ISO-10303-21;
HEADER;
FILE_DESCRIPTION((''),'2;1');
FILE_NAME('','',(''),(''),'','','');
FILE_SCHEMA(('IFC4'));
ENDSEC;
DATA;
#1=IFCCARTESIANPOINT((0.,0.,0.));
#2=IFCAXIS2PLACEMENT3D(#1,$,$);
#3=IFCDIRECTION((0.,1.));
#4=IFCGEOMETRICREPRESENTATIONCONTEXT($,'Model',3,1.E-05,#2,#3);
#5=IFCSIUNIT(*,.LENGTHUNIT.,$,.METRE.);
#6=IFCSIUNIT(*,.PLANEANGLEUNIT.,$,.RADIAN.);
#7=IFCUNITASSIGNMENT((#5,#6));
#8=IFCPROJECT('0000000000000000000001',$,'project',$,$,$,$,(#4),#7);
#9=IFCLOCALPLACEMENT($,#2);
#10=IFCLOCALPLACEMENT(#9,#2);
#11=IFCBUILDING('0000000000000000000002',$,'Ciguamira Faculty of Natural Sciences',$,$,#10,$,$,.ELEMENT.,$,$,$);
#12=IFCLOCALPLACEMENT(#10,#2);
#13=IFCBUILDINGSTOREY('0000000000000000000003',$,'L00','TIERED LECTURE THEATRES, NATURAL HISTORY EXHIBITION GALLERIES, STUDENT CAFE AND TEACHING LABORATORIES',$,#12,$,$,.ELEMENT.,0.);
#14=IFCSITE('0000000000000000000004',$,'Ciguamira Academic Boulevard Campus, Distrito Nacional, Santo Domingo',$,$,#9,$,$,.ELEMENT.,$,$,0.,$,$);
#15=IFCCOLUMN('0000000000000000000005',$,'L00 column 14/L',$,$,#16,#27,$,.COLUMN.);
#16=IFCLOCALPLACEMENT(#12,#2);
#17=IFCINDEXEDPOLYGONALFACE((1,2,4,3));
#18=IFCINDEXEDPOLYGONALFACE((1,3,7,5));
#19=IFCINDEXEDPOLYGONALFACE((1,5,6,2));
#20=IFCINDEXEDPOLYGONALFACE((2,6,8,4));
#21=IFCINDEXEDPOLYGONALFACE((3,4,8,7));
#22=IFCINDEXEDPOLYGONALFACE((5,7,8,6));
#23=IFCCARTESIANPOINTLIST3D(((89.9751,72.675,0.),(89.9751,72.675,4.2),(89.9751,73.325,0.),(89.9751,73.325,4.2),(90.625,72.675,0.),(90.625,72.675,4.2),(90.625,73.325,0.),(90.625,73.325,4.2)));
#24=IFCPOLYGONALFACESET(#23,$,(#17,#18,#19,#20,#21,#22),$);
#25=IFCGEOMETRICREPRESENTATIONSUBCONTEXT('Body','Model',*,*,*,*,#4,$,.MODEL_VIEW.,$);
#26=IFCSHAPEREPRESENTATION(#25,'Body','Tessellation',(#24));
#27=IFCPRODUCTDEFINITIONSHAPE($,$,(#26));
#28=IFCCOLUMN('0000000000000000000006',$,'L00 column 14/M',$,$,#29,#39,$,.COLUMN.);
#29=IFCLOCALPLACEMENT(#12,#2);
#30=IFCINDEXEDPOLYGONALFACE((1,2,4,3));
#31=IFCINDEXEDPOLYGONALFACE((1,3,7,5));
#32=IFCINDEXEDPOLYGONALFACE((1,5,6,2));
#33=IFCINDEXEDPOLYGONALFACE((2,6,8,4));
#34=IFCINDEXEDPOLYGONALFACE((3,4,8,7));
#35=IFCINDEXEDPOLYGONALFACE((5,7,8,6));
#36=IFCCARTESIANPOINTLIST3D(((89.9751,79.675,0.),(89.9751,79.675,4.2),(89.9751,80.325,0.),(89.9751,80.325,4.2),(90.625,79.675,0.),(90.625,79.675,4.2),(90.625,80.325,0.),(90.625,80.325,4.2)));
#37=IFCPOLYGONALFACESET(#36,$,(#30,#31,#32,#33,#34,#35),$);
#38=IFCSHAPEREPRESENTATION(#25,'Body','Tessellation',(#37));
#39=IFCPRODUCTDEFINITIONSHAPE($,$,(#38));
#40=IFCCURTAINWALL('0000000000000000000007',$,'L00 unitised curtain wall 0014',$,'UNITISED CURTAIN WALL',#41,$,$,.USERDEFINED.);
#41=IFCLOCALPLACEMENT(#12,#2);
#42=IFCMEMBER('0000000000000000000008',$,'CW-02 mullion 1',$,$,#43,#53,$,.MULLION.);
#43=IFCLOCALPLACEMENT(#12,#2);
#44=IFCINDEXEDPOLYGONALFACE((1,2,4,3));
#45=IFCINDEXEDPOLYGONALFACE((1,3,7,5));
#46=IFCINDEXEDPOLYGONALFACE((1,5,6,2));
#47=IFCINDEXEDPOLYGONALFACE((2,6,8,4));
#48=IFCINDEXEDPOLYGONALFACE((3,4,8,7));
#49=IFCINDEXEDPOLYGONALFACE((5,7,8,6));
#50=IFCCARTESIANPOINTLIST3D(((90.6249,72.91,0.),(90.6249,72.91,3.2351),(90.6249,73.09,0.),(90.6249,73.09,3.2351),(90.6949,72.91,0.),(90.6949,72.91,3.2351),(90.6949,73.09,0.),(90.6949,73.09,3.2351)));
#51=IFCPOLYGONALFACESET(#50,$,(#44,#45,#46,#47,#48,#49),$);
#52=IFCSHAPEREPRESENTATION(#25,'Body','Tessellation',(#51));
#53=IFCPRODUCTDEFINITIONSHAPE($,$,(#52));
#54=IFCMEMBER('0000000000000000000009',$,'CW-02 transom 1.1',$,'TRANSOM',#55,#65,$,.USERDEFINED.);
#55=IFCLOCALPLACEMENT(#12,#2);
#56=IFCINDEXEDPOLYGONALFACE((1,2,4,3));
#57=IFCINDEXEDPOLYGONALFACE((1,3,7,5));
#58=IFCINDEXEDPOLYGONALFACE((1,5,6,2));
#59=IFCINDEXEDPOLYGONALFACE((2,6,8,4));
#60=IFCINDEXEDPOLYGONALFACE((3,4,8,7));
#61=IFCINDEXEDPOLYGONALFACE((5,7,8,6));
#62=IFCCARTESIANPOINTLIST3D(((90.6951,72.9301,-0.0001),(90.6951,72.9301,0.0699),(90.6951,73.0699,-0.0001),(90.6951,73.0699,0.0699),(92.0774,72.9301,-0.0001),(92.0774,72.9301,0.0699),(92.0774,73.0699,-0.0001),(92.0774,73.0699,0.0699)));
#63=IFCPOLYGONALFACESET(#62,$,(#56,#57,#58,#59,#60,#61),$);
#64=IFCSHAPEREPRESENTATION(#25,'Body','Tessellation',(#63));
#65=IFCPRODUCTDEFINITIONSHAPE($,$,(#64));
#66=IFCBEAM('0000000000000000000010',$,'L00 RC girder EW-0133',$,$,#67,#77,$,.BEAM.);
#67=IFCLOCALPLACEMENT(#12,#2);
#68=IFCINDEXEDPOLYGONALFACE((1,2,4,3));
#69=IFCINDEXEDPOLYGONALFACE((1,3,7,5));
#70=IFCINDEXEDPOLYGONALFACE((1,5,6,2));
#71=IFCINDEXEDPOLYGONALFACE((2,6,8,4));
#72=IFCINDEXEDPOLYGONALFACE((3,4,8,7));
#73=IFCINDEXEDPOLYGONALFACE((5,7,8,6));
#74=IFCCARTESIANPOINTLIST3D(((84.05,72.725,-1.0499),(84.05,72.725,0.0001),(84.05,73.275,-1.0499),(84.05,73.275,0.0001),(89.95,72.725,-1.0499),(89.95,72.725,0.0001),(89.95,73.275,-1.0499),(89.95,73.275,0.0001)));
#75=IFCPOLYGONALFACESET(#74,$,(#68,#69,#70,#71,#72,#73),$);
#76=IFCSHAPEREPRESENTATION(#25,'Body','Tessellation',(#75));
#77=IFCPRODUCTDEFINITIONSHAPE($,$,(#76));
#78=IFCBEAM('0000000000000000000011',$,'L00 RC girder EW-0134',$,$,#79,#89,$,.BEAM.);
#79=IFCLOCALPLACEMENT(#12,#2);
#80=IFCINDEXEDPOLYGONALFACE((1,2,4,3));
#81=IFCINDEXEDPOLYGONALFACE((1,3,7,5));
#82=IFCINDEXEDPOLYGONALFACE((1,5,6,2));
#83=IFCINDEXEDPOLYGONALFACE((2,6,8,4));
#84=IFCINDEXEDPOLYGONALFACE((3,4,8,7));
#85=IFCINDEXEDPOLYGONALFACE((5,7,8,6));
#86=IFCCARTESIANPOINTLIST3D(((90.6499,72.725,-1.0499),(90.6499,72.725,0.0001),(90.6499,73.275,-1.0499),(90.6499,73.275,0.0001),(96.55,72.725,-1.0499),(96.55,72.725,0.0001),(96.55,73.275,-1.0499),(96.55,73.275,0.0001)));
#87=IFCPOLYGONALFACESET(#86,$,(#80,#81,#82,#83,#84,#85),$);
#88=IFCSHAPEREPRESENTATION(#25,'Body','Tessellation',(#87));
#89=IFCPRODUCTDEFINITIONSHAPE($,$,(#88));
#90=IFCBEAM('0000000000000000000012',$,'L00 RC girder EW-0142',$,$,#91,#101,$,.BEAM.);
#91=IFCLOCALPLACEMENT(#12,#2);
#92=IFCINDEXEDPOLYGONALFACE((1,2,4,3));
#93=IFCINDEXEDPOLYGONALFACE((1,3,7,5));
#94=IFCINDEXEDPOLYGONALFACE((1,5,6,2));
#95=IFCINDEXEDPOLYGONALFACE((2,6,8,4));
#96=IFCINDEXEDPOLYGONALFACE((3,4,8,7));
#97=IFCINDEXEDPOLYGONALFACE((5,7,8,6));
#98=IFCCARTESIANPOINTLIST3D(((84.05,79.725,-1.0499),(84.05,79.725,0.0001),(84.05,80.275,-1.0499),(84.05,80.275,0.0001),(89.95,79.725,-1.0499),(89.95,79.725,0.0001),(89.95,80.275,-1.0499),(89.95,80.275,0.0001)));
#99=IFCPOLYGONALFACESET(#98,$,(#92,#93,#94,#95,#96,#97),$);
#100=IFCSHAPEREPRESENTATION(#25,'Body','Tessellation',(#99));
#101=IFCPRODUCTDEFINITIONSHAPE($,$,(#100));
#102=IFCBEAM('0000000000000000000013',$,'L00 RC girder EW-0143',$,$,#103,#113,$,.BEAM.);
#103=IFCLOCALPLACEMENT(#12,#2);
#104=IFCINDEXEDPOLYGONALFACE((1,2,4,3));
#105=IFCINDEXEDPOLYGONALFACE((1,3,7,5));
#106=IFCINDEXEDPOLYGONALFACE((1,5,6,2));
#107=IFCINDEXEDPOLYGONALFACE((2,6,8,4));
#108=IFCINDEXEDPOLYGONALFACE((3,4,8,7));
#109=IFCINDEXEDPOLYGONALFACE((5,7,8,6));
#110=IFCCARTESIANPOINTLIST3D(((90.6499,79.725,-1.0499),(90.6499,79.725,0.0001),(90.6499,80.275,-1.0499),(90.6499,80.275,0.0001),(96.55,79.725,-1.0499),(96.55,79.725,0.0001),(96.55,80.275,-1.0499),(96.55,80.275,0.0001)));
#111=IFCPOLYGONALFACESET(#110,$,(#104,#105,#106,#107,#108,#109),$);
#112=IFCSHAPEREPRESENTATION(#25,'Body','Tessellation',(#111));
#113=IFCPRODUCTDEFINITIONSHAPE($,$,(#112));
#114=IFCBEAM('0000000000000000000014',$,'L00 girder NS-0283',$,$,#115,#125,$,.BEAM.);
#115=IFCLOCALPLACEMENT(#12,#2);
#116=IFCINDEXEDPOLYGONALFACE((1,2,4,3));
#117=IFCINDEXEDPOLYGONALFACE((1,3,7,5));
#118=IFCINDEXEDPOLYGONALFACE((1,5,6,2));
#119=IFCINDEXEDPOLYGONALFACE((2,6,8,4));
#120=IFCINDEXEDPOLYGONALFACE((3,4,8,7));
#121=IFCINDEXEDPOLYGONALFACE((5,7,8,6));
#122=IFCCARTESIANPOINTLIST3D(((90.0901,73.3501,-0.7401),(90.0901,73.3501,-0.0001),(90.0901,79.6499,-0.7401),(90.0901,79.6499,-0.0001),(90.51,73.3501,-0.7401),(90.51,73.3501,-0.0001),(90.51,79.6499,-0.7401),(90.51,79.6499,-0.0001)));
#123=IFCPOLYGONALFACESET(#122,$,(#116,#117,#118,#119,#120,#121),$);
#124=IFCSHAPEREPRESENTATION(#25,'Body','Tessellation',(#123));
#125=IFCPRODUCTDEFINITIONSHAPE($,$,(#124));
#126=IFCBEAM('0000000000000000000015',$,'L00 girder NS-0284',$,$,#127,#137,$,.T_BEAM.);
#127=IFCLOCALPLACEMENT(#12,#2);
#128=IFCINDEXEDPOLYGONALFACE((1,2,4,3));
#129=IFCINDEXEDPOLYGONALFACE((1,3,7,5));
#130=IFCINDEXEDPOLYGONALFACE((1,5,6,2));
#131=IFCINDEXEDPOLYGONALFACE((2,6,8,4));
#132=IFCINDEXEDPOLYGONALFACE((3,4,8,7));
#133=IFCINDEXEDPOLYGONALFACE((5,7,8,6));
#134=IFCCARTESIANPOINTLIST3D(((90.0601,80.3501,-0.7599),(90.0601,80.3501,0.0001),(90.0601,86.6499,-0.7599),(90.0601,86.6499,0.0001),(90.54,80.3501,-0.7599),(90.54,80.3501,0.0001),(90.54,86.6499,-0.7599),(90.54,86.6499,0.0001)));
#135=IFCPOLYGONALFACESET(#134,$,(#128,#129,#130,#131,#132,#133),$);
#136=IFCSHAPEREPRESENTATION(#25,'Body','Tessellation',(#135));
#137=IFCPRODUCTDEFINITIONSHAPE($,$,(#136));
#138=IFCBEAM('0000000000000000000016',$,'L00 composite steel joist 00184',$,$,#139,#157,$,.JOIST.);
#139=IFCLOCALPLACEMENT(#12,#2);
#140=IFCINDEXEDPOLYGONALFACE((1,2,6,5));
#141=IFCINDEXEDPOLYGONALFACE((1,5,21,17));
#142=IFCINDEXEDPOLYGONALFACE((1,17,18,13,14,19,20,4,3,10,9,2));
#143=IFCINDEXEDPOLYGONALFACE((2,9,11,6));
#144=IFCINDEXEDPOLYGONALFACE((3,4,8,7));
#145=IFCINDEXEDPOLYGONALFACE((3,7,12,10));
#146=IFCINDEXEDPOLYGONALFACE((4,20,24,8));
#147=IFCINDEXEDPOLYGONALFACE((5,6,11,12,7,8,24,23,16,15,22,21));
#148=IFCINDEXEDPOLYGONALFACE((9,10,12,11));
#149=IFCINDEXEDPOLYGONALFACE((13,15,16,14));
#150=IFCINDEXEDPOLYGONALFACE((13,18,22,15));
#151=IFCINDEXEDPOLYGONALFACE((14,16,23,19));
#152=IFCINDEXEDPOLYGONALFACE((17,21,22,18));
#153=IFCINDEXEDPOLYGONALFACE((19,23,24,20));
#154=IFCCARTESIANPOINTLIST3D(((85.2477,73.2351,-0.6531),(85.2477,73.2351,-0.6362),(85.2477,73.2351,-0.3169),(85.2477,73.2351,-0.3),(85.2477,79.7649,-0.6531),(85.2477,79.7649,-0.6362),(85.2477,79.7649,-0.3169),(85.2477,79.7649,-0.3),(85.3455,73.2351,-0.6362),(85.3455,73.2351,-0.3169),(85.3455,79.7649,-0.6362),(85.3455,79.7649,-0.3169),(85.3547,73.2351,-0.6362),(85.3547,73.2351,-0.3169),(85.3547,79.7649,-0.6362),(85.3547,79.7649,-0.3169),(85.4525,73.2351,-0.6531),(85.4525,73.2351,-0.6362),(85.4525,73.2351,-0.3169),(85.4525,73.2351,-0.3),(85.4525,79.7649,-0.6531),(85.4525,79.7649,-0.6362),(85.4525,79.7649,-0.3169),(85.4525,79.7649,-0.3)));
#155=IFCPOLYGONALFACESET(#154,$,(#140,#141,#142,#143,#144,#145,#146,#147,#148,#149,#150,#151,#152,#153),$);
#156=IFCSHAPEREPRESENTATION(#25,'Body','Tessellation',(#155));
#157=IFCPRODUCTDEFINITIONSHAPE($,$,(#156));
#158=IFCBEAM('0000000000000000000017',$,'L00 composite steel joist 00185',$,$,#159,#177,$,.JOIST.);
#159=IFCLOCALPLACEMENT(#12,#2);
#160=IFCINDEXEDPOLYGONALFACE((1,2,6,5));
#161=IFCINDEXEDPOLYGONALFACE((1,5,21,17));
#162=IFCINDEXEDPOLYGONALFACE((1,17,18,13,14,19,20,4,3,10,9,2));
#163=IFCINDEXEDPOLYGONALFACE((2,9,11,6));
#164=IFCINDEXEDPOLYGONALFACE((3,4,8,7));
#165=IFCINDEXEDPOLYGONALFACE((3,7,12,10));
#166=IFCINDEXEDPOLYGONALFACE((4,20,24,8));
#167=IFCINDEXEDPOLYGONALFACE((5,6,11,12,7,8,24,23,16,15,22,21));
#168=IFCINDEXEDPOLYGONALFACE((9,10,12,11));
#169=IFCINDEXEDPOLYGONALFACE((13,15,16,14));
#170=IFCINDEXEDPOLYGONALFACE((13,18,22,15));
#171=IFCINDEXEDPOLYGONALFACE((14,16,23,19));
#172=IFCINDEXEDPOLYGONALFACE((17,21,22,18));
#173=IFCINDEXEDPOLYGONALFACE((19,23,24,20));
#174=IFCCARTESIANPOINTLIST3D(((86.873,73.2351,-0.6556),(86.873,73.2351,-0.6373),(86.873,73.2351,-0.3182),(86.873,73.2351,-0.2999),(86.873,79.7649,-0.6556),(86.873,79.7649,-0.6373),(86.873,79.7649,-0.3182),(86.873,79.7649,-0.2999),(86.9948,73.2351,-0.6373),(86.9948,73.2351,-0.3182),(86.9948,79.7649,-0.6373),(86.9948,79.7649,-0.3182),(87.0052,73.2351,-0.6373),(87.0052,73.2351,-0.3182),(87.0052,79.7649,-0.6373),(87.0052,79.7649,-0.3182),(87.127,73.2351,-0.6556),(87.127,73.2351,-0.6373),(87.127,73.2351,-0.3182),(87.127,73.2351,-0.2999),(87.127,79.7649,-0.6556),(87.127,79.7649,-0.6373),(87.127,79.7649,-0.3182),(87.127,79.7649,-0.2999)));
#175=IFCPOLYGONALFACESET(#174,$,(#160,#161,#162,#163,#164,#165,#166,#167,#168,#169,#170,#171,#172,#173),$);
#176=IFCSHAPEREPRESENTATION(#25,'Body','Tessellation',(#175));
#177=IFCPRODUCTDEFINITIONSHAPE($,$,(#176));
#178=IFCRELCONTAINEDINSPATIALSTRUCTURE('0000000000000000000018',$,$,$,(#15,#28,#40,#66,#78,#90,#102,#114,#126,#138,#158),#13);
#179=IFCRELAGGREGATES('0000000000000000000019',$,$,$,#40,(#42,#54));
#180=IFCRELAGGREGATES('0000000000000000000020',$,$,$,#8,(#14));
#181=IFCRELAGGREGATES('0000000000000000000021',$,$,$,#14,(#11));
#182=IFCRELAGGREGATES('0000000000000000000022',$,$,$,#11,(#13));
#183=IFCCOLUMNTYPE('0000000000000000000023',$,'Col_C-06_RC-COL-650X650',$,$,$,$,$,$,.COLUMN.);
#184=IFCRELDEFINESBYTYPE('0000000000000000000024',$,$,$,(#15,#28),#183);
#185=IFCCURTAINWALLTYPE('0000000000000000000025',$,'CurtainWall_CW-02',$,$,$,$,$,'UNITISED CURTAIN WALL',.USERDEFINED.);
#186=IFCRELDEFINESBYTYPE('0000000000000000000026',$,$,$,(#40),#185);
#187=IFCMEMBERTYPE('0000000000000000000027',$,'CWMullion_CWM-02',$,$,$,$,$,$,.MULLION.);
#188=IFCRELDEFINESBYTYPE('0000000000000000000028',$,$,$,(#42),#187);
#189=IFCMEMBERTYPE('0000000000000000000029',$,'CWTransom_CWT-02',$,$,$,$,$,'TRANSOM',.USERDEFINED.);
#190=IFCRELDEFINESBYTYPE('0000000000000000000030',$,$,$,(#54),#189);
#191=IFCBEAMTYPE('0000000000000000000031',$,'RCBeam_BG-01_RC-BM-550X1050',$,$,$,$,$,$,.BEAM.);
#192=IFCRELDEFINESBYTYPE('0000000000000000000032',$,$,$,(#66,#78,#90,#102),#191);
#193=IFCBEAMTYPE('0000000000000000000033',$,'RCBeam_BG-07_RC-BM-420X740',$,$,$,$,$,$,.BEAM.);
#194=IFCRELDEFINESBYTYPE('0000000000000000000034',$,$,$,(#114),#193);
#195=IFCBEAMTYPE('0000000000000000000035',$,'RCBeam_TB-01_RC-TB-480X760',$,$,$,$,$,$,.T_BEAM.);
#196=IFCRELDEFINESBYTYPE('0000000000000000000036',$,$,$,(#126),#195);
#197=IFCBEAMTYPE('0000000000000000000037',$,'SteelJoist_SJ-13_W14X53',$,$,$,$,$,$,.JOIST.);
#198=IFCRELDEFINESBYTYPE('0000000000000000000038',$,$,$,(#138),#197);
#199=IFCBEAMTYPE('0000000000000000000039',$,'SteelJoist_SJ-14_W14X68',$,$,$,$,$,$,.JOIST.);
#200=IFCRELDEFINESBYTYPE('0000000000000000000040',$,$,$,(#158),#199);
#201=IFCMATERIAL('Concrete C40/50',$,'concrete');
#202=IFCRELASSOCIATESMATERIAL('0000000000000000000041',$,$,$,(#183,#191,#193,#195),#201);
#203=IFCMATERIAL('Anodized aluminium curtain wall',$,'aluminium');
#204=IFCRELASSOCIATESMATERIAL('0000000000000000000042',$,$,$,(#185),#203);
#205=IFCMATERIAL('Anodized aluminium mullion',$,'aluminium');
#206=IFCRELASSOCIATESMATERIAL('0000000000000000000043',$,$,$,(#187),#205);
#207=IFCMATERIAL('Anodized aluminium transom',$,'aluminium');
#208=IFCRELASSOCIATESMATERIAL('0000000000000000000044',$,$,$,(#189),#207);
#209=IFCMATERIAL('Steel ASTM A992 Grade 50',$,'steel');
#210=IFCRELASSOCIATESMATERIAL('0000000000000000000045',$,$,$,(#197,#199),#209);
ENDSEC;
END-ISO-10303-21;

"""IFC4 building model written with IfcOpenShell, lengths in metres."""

from ifc_helpers import new_model, si_unit, direction, frame, origin, origin_2d, place, context, subcontext, project, spatial, rectangle, i_section, extrude, material, material_profile, profile_set, type_object, element, aggregate, save


model = new_model("IFC4")

# Units and contexts
model_context = context("Model", 3, precision=1e-05, world=origin(), true_north=direction((0.0, 1.0)))
body_context = subcontext(model_context, "Body", "Model", "MODEL_VIEW")
ifc_project = project(units=[si_unit("LENGTHUNIT", "METRE"), si_unit("PLANEANGLEUNIT", "RADIAN")], contexts=[model_context])

# Site, building, storey
site_placement = place(None, origin())
site = spatial("IfcSite", under=ifc_project, at=site_placement, Name="Ciguamira Academic Boulevard Campus, Distrito Nacional, Santo Domingo", CompositionType="ELEMENT", RefElevation=0.0)
building_placement = place(site_placement, origin())
building = spatial("IfcBuilding", under=site, at=building_placement, Name="Ciguamira Faculty of Natural Sciences", CompositionType="ELEMENT")
storey_placement = place(building_placement, origin())
storey = spatial("IfcBuildingStorey", under=building, at=storey_placement, Name="L00", Description="TIERED LECTURE THEATRES, NATURAL HISTORY EXHIBITION GALLERIES, STUDENT CAFE AND TEACHING LABORATORIES", CompositionType="ELEMENT", Elevation=0.0)

# Columns
ifc_material_1 = material(Name="Concrete C40/50", Category="concrete")
ifc_material_profile_1 = material_profile(ifc_material_1, rectangle(XDim=0.6499, YDim=0.6499, at=origin_2d()), Name="RC-COL-650X650")
ifc_profile_set_1 = profile_set([ifc_material_profile_1], Name="Concrete C40/50")
column_type = type_object("IfcColumnType", Name="Col_C-06_RC-COL-650X650", PredefinedType="COLUMN", material=ifc_profile_set_1)
for number, where, z_axis, x_axis, name in (
    (1, (90.3, 73.0, 0.0), (0.0, 0.0, 1.0), (1.0, 0.0, 0.0), "L00 column 14/L"),
    (2, (90.3, 80.0, 0.0), (0.0, 0.0, 1.0), (1.0, 0.0, 0.0), "L00 column 14/M"),
):
    element("IfcColumn", number, at=place(storey_placement, frame(where, z_axis=z_axis, x_axis=x_axis)), inside=storey, type_object=column_type, Name=name, PredefinedType="COLUMN", context=body_context, shape_type="SweptSolid", body=[
        extrude(rectangle(XDim=0.6499, YDim=0.6499, at=origin_2d()), origin(), (0.0, 0.0, 1.0), 4.2),
    ])

# Curtain wall, members
ifc_material_2 = material(Name="Anodized aluminium curtain wall", Category="aluminium")
curtain_wall_type = type_object("IfcCurtainWallType", Name="CurtainWall_CW-02", ElementType="UNITISED CURTAIN WALL", PredefinedType="USERDEFINED", material=ifc_material_2)
curtain_wall_placement = place(storey_placement, origin())
curtain_wall = element("IfcCurtainWall", 3, at=curtain_wall_placement, inside=storey, type_object=curtain_wall_type, Name="L00 unitised curtain wall 0014", ObjectType="UNITISED CURTAIN WALL", PredefinedType="USERDEFINED")
ifc_material_3 = material(Name="Anodized aluminium mullion", Category="aluminium")
ifc_material_profile_2 = material_profile(ifc_material_3, rectangle(XDim=0.0701, YDim=0.1799, at=origin_2d()), Name="ALU-MUL-70X180")
ifc_profile_set_2 = profile_set([ifc_material_profile_2], Name="Anodized aluminium mullion")
member_type_1 = type_object("IfcMemberType", Name="CWMullion_CWM-02", PredefinedType="MULLION", material=ifc_profile_set_2)
member_1_placement = place(storey_placement, frame((90.6599, 73.0, 0.0), z_axis=(0.0, 0.0, 1.0), x_axis=(1.0, 0.0, 0.0)))
member_1 = element("IfcMember", 4, at=member_1_placement, type_object=member_type_1, Name="CW-02 mullion 1", PredefinedType="MULLION", context=body_context, shape_type="SweptSolid", body=[
    extrude(rectangle(XDim=0.0701, YDim=0.1799, at=origin_2d()), origin(), (0.0, 0.0, 1.0), 3.2351),
])
ifc_material_4 = material(Name="Anodized aluminium transom", Category="aluminium")
ifc_material_profile_3 = material_profile(ifc_material_4, rectangle(XDim=0.0701, YDim=0.1399, at=origin_2d()), Name="ALU-TRN-70X140")
ifc_profile_set_3 = profile_set([ifc_material_profile_3], Name="Anodized aluminium transom")
member_type_2 = type_object("IfcMemberType", Name="CWTransom_CWT-02", ElementType="TRANSOM", PredefinedType="USERDEFINED", material=ifc_profile_set_3)
member_2_placement = place(storey_placement, frame((90.6951, 73.0, 0.0349), z_axis=(1.0, 0.0, 0.0), x_axis=(0.0, 0.0, 1.0)))
member_2 = element("IfcMember", 5, at=member_2_placement, type_object=member_type_2, Name="CW-02 transom 1.1", ObjectType="TRANSOM", PredefinedType="USERDEFINED", context=body_context, shape_type="SweptSolid", body=[
    extrude(rectangle(XDim=0.0701, YDim=0.1399, at=origin_2d()), origin(), (0.0, 0.0, 1.0), 1.3823),
])
aggregate(curtain_wall, [member_1, member_2])

# Beams
ifc_material_profile_4 = material_profile(ifc_material_1, rectangle(XDim=0.55, YDim=1.05, at=origin_2d()), Name="RC-BM-550X1050")
ifc_profile_set_4 = profile_set([ifc_material_profile_4], Name="Concrete C40/50")
beam_type_1 = type_object("IfcBeamType", Name="RCBeam_BG-01_RC-BM-550X1050", PredefinedType="BEAM", material=ifc_profile_set_4)
beam_1_placement = place(storey_placement, frame((84.05, 73.0, -0.5249), z_axis=(1.0, 0.0, 0.0), x_axis=(0.0, 1.0, 0.0)))
element("IfcBeam", 6, at=beam_1_placement, inside=storey, type_object=beam_type_1, Name="L00 RC girder EW-0133", PredefinedType="BEAM", context=body_context, shape_type="SweptSolid", body=[
    extrude(rectangle(XDim=0.55, YDim=1.05, at=origin_2d()), origin(), (0.0, 0.0, 1.0), 5.8999),
])
beam_2_placement = place(storey_placement, frame((90.6499, 73.0, -0.5249), z_axis=(1.0, 0.0, 0.0), x_axis=(0.0, 1.0, 0.0)))
element("IfcBeam", 7, at=beam_2_placement, inside=storey, type_object=beam_type_1, Name="L00 RC girder EW-0134", PredefinedType="BEAM", context=body_context, shape_type="SweptSolid", body=[
    extrude(rectangle(XDim=0.55, YDim=1.05, at=origin_2d()), origin(), (0.0, 0.0, 1.0), 5.9001),
])
beam_3_placement = place(storey_placement, frame((84.05, 80.0, -0.5249), z_axis=(1.0, 0.0, 0.0), x_axis=(0.0, 1.0, 0.0)))
element("IfcBeam", 8, at=beam_3_placement, inside=storey, type_object=beam_type_1, Name="L00 RC girder EW-0142", PredefinedType="BEAM", context=body_context, shape_type="SweptSolid", body=[
    extrude(rectangle(XDim=0.55, YDim=1.05, at=origin_2d()), origin(), (0.0, 0.0, 1.0), 5.8999),
])
beam_4_placement = place(storey_placement, frame((90.6499, 80.0, -0.5249), z_axis=(1.0, 0.0, 0.0), x_axis=(0.0, 1.0, 0.0)))
element("IfcBeam", 9, at=beam_4_placement, inside=storey, type_object=beam_type_1, Name="L00 RC girder EW-0143", PredefinedType="BEAM", context=body_context, shape_type="SweptSolid", body=[
    extrude(rectangle(XDim=0.55, YDim=1.05, at=origin_2d()), origin(), (0.0, 0.0, 1.0), 5.9001),
])
ifc_material_profile_5 = material_profile(ifc_material_1, rectangle(XDim=0.4199, YDim=0.74, at=origin_2d()), Name="RC-BM-420X740")
ifc_profile_set_5 = profile_set([ifc_material_profile_5], Name="Concrete C40/50")
beam_type_2 = type_object("IfcBeamType", Name="RCBeam_BG-07_RC-BM-420X740", PredefinedType="BEAM", material=ifc_profile_set_5)
beam_5_placement = place(storey_placement, frame((90.3, 73.3501, -0.3701), z_axis=(0.0, 1.0, 0.0), x_axis=(-1.0, 0.0, 0.0)))
element("IfcBeam", 10, at=beam_5_placement, inside=storey, type_object=beam_type_2, Name="L00 girder NS-0283", PredefinedType="BEAM", context=body_context, shape_type="SweptSolid", body=[
    extrude(rectangle(XDim=0.4199, YDim=0.74, at=origin_2d()), origin(), (0.0, 0.0, 1.0), 6.2998),
])
ifc_material_profile_6 = material_profile(ifc_material_1, rectangle(XDim=0.48, YDim=0.76, at=origin_2d()), Name="RC-TB-480X760")
ifc_profile_set_6 = profile_set([ifc_material_profile_6], Name="Concrete C40/50")
beam_type_3 = type_object("IfcBeamType", Name="RCBeam_TB-01_RC-TB-480X760", PredefinedType="T_BEAM", material=ifc_profile_set_6)
beam_6_placement = place(storey_placement, frame((90.3, 80.3501, -0.3799), z_axis=(0.0, 1.0, 0.0), x_axis=(-1.0, 0.0, 0.0)))
element("IfcBeam", 11, at=beam_6_placement, inside=storey, type_object=beam_type_3, Name="L00 girder NS-0284", PredefinedType="T_BEAM", context=body_context, shape_type="SweptSolid", body=[
    extrude(rectangle(XDim=0.48, YDim=0.76, at=origin_2d()), origin(), (0.0, 0.0, 1.0), 6.2998),
])
ifc_material_5 = material(Name="Steel ASTM A992 Grade 50", Category="steel")
ifc_material_profile_7 = material_profile(ifc_material_5, i_section(OverallWidth=0.2048, OverallDepth=0.353, WebThickness=0.0093, FlangeThickness=0.0168, at=origin_2d()), Name="W14X53")
ifc_profile_set_7 = profile_set([ifc_material_profile_7], Name="Steel ASTM A992 Grade 50")
beam_type_4 = type_object("IfcBeamType", Name="SteelJoist_SJ-13_W14X53", PredefinedType="JOIST", material=ifc_profile_set_7)
beam_7_placement = place(storey_placement, frame((85.3501, 73.2351, -0.4766), z_axis=(0.0, 1.0, 0.0), x_axis=(-1.0, 0.0, 0.0)))
element("IfcBeam", 12, at=beam_7_placement, inside=storey, type_object=beam_type_4, Name="L00 composite steel joist 00184", PredefinedType="JOIST", context=body_context, shape_type="SweptSolid", body=[
    extrude(i_section(OverallWidth=0.2048, OverallDepth=0.353, WebThickness=0.0093, FlangeThickness=0.0168, at=origin_2d()), origin(), (0.0, 0.0, 1.0), 6.5298),
])
ifc_material_profile_8 = material_profile(ifc_material_5, i_section(OverallWidth=0.2539, OverallDepth=0.3557, WebThickness=0.0105, FlangeThickness=0.0183, at=origin_2d()), Name="W14X68")
ifc_profile_set_8 = profile_set([ifc_material_profile_8], Name="Steel ASTM A992 Grade 50")
beam_type_5 = type_object("IfcBeamType", Name="SteelJoist_SJ-14_W14X68", PredefinedType="JOIST", material=ifc_profile_set_8)
beam_8_placement = place(storey_placement, frame((87.0, 73.2351, -0.4778), z_axis=(0.0, 1.0, 0.0), x_axis=(-1.0, 0.0, 0.0)))
element("IfcBeam", 13, at=beam_8_placement, inside=storey, type_object=beam_type_5, Name="L00 composite steel joist 00185", PredefinedType="JOIST", context=body_context, shape_type="SweptSolid", body=[
    extrude(i_section(OverallWidth=0.2539, OverallDepth=0.3557, WebThickness=0.0105, FlangeThickness=0.0183, at=origin_2d()), origin(), (0.0, 0.0, 1.0), 6.5298),
])

save(model, "model.ifc")
